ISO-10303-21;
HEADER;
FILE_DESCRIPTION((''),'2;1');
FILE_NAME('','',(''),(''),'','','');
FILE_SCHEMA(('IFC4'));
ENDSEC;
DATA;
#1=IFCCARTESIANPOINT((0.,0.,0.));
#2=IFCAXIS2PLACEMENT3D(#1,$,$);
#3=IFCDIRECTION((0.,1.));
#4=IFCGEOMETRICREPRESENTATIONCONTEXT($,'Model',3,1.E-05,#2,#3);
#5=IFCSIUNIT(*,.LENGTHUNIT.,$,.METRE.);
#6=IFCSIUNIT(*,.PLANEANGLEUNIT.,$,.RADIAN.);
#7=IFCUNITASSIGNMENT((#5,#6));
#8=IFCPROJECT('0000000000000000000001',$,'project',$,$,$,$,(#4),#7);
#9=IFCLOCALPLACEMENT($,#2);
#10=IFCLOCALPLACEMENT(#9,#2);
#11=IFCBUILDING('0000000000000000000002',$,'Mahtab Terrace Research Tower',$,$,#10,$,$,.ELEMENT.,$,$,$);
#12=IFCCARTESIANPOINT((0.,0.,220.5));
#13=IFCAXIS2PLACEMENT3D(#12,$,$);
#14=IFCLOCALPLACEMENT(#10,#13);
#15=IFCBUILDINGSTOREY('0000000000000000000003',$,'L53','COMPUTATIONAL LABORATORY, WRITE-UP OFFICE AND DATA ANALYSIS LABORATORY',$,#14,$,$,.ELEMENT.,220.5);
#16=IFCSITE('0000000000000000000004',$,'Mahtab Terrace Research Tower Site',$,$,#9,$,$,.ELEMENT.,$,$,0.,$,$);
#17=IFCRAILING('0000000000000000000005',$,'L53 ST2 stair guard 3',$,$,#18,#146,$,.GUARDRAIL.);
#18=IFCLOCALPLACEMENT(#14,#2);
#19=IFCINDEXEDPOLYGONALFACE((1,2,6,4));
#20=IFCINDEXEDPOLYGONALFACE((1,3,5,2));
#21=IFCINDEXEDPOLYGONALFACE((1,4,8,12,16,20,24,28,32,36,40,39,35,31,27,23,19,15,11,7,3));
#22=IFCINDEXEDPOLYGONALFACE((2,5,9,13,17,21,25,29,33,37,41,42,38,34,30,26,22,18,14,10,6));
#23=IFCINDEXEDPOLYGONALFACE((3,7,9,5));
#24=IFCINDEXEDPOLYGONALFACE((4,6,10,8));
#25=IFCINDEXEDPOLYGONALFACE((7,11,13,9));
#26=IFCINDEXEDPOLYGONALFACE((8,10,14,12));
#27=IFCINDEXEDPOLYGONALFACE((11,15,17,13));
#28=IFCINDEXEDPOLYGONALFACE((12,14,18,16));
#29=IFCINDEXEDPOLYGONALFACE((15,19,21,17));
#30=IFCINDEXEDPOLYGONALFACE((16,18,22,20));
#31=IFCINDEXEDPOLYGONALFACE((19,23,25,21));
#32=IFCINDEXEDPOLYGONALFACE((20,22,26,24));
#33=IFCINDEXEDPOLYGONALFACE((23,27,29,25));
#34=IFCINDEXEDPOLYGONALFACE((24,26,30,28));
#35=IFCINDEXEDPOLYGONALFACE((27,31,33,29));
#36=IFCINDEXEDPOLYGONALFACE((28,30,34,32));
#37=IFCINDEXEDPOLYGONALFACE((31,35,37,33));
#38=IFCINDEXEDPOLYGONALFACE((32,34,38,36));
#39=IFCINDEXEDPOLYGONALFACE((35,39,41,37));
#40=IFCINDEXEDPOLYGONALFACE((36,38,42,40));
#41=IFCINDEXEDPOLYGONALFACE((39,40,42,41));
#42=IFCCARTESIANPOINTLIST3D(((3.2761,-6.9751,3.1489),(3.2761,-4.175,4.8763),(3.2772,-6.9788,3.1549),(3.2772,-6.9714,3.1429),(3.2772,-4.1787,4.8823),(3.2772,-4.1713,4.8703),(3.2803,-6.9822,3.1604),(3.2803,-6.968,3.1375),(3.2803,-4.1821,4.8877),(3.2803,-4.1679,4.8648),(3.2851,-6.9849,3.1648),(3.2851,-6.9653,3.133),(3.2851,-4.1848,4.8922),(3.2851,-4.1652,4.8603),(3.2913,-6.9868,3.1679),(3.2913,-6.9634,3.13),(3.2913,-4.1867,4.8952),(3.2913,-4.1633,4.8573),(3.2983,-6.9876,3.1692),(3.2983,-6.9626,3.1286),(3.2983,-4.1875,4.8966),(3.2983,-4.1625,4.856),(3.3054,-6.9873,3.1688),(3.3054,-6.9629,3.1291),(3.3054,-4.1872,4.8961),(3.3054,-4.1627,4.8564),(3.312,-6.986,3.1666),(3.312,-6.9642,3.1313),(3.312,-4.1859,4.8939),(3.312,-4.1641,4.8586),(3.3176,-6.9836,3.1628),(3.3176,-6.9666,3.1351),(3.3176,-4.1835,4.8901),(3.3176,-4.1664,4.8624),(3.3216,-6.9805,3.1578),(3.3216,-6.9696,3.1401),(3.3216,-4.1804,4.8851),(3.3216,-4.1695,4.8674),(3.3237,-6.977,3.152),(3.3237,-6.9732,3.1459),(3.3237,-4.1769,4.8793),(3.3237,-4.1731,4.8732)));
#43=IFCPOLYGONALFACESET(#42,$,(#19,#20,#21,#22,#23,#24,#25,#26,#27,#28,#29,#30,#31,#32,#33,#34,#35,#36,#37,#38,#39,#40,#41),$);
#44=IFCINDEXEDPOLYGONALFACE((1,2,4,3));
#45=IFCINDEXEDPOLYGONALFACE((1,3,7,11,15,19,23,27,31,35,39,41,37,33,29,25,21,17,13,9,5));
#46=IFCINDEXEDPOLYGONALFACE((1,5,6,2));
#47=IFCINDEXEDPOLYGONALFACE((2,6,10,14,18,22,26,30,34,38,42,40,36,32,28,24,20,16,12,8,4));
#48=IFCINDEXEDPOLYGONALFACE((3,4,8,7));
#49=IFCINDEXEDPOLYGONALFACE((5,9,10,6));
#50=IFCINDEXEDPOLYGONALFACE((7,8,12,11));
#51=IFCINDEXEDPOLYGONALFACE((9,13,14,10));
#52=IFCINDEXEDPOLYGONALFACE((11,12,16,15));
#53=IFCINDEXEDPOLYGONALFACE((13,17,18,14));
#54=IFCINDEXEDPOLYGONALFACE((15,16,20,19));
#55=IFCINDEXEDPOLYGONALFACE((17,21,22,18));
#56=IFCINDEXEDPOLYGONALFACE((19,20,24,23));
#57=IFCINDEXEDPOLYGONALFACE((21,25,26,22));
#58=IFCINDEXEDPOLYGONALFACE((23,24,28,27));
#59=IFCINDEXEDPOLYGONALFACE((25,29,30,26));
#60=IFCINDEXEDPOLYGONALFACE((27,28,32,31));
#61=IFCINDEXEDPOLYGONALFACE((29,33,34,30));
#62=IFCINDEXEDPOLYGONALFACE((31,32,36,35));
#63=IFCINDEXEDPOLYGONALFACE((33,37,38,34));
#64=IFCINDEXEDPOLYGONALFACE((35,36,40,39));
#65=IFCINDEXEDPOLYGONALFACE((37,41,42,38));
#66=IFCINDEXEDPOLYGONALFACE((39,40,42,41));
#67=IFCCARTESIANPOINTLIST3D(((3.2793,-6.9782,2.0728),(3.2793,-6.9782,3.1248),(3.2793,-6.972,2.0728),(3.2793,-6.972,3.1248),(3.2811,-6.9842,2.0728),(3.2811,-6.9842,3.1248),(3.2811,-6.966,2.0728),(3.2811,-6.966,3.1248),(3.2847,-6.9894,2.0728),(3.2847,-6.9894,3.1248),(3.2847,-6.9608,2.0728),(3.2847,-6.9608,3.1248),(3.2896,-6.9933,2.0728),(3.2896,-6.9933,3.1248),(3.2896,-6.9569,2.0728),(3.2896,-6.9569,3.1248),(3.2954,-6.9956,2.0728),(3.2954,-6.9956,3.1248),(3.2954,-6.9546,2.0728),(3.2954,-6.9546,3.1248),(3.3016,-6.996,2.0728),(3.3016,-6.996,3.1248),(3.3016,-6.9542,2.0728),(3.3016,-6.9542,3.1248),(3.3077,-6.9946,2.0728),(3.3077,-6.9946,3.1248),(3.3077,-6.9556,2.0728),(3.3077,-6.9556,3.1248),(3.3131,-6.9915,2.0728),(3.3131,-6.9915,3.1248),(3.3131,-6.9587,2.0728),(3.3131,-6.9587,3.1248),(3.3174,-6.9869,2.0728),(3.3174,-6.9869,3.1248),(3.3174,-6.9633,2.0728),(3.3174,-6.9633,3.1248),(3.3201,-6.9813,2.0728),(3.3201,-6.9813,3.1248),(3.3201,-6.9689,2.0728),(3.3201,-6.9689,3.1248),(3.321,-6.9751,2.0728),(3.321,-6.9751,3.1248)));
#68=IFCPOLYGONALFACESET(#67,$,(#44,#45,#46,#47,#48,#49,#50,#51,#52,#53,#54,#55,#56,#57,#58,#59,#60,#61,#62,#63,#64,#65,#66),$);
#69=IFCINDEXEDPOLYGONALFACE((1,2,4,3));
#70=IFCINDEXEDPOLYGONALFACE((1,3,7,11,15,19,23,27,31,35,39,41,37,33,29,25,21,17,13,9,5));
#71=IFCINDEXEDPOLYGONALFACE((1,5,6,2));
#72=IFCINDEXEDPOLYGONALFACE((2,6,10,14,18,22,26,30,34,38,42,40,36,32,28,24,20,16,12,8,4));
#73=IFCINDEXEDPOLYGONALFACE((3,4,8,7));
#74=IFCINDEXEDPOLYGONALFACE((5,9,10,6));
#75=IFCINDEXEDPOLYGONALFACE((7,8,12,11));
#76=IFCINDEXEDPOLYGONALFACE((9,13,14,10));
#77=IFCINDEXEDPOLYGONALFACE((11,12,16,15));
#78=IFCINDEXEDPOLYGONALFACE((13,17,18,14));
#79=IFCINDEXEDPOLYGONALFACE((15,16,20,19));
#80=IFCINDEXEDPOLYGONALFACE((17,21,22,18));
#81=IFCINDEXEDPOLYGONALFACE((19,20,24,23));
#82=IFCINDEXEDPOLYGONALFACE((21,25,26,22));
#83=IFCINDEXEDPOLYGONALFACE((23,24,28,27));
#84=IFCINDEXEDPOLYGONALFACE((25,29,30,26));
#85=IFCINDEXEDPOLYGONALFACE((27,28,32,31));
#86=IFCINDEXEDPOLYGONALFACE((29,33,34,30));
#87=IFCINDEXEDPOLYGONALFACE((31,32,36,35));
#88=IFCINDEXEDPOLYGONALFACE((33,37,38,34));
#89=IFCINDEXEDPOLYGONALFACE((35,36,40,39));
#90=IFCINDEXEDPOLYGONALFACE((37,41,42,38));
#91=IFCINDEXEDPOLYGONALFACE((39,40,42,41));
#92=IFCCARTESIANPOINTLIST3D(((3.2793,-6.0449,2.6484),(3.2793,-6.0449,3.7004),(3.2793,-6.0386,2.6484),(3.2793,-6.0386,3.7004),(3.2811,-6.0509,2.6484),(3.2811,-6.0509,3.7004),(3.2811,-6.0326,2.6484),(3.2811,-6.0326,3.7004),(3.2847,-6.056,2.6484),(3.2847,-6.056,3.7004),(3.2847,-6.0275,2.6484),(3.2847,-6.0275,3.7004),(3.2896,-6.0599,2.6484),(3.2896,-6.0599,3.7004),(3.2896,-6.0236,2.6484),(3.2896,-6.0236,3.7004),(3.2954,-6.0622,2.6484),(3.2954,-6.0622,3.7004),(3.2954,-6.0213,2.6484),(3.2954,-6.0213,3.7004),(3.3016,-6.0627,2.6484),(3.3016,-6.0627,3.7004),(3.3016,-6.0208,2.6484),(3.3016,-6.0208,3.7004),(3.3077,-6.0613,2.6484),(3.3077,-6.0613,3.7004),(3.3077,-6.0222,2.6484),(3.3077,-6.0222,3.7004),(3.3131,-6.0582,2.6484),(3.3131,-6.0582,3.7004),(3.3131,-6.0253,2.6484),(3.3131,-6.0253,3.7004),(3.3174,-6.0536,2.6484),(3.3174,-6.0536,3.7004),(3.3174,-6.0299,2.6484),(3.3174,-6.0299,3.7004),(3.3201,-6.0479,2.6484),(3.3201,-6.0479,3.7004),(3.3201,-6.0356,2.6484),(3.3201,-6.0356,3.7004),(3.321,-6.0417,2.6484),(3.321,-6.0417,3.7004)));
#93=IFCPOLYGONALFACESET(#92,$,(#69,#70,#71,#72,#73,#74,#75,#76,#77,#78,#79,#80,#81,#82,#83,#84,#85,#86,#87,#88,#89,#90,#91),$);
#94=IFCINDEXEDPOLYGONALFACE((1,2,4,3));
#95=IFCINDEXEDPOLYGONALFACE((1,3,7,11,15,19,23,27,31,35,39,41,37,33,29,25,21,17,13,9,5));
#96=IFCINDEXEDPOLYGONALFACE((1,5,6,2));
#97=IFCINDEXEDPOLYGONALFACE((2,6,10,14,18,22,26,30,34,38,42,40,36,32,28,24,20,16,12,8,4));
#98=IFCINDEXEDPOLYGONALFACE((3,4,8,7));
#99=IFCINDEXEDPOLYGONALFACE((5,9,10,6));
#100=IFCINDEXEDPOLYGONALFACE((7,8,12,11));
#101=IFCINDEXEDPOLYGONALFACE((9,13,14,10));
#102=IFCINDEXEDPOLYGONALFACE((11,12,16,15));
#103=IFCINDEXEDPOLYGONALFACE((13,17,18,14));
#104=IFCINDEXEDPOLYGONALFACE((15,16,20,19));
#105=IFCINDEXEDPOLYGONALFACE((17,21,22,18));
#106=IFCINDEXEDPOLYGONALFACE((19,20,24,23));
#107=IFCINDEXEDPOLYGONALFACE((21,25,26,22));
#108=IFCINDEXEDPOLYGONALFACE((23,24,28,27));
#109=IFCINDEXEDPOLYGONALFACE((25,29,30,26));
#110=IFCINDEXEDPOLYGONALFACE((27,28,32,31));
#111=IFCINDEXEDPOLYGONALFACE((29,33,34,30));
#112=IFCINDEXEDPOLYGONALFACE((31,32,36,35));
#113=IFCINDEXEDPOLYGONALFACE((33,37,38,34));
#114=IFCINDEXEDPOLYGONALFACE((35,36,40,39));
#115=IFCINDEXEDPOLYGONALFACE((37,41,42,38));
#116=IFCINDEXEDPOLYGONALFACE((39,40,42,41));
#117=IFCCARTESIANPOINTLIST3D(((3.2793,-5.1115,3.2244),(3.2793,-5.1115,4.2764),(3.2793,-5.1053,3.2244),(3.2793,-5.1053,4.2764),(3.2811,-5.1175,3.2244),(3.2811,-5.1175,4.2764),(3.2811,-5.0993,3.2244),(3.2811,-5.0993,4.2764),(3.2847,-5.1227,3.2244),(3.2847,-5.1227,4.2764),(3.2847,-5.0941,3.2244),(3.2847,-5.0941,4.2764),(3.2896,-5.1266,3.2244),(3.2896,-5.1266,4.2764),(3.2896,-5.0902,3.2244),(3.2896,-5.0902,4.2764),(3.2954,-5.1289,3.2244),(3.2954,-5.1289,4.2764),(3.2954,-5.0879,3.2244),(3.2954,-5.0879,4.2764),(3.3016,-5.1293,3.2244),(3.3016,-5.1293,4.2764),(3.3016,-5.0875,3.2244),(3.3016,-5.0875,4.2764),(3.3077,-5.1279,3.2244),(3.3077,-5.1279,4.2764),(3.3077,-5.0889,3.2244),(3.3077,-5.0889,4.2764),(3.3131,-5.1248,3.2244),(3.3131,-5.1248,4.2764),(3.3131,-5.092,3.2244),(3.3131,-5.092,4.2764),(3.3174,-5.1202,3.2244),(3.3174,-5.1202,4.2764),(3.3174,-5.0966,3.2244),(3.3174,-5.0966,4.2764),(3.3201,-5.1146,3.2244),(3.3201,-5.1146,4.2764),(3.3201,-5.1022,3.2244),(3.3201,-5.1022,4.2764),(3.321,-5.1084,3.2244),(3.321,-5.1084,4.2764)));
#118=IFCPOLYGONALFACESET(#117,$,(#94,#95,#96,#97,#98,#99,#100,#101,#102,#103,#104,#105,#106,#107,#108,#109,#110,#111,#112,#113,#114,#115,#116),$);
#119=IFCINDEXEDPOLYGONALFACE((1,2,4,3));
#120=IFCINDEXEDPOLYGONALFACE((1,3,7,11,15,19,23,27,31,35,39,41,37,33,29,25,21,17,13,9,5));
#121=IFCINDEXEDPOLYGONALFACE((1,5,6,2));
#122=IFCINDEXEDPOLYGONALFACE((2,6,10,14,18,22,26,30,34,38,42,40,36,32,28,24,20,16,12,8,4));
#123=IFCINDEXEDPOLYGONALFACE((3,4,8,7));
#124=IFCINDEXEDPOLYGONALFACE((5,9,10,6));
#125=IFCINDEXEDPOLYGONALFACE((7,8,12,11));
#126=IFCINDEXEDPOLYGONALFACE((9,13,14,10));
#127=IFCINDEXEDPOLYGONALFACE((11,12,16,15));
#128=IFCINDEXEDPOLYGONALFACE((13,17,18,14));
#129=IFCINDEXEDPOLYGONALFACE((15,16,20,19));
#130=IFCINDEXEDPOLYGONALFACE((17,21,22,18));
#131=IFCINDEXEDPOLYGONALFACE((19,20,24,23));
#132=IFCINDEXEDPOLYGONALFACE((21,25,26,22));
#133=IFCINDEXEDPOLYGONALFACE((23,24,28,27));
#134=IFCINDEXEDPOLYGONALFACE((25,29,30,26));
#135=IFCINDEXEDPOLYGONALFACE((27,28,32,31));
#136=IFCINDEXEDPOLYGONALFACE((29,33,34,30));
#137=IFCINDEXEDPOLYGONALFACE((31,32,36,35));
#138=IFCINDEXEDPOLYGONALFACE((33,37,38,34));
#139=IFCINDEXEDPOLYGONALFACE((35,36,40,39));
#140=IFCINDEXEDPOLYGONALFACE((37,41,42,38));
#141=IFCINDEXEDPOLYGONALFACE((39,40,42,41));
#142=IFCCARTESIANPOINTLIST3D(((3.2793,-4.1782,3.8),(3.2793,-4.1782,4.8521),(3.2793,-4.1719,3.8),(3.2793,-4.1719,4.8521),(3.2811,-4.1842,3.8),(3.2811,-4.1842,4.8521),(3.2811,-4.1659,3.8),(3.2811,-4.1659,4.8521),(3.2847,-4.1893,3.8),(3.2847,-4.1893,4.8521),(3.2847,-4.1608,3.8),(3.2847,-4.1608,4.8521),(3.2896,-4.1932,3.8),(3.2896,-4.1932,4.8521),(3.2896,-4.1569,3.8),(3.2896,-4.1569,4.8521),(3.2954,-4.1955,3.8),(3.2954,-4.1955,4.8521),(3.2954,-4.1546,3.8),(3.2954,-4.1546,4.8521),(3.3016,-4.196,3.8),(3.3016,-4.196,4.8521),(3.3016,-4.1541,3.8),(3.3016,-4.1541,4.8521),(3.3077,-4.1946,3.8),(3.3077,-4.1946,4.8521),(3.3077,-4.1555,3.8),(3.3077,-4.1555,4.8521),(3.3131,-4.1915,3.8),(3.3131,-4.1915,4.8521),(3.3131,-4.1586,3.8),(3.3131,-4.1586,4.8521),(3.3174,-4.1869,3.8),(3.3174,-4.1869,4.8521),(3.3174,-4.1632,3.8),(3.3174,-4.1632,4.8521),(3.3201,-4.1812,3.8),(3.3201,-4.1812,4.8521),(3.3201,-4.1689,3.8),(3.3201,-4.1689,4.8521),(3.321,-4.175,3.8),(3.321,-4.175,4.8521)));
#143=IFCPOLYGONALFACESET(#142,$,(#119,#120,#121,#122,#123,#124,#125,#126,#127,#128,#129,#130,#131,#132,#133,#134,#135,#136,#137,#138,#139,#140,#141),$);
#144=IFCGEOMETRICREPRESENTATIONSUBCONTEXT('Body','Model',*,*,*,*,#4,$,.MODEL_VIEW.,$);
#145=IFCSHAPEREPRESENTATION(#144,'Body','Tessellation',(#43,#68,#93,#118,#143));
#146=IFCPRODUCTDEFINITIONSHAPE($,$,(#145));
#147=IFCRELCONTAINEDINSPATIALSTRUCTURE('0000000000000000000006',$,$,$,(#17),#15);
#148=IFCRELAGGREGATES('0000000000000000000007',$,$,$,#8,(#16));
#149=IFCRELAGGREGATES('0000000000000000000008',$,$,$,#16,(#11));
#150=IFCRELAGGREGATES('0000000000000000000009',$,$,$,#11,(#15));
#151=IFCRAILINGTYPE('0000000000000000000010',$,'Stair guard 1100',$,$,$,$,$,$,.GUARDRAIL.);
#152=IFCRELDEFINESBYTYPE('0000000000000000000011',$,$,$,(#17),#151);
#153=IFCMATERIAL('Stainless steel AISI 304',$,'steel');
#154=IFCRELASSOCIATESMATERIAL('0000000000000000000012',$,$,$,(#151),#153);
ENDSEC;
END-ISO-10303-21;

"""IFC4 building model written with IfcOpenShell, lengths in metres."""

from ifc_helpers import new_model, si_unit, direction, frame, origin, origin_2d, place, context, subcontext, project, spatial, circle, extrude, material, type_object, element, save


model = new_model("IFC4")

# Units and contexts
model_context = context("Model", 3, precision=1e-05, world=origin(), true_north=direction((0.0, 1.0)))
body_context = subcontext(model_context, "Body", "Model", "MODEL_VIEW")
ifc_project = project(units=[si_unit("LENGTHUNIT", "METRE"), si_unit("PLANEANGLEUNIT", "RADIAN")], contexts=[model_context])

# Site, building, storey
site_placement = place(None, origin())
site = spatial("IfcSite", under=ifc_project, at=site_placement, Name="Mahtab Terrace Research Tower Site", CompositionType="ELEMENT", RefElevation=0.0)
building_placement = place(site_placement, origin())
building = spatial("IfcBuilding", under=site, at=building_placement, Name="Mahtab Terrace Research Tower", CompositionType="ELEMENT")
storey_placement = place(building_placement, frame((0.0, 0.0, 220.5)))
storey = spatial("IfcBuildingStorey", under=building, at=storey_placement, Name="L53", Description="COMPUTATIONAL LABORATORY, WRITE-UP OFFICE AND DATA ANALYSIS LABORATORY", CompositionType="ELEMENT", Elevation=220.5)

# Railing
ifc_material_1 = material(Name="Stainless steel AISI 304", Category="steel")
railing_type_1 = type_object("IfcRailingType", Name="Stair guard 1100", PredefinedType="GUARDRAIL", material=ifc_material_1)
railing_1_placement = place(storey_placement, frame((3.3, -6.9751, 2.0728)))
element("IfcRailing", 1, at=railing_1_placement, inside=storey, type_object=railing_type_1, Name="L53 ST2 stair guard 3", PredefinedType="GUARDRAIL", context=body_context, shape_type="SweptSolid", body=[
    extrude(circle(Radius=0.0239, at=origin_2d()), frame((0.0, 0.0, 1.0762), z_axis=(0.0, 0.85109, 0.52502), x_axis=(-1.0, 0.0, 0.0)), (0.0, 0.0, 1.0), 3.29),
    extrude(circle(Radius=0.021, at=origin_2d()), origin(), (0.0, 0.0, 1.0), 1.052),
    extrude(circle(Radius=0.021, at=origin_2d()), frame((0.0, 0.9333, 0.5757)), (0.0, 0.0, 1.0), 1.052),
    extrude(circle(Radius=0.021, at=origin_2d()), frame((0.0, 1.8667, 1.1516)), (0.0, 0.0, 1.0), 1.052),
    extrude(circle(Radius=0.021, at=origin_2d()), frame((0.0, 2.8, 1.7273)), (0.0, 0.0, 1.0), 1.052),
])

save(model, "model.ifc")
